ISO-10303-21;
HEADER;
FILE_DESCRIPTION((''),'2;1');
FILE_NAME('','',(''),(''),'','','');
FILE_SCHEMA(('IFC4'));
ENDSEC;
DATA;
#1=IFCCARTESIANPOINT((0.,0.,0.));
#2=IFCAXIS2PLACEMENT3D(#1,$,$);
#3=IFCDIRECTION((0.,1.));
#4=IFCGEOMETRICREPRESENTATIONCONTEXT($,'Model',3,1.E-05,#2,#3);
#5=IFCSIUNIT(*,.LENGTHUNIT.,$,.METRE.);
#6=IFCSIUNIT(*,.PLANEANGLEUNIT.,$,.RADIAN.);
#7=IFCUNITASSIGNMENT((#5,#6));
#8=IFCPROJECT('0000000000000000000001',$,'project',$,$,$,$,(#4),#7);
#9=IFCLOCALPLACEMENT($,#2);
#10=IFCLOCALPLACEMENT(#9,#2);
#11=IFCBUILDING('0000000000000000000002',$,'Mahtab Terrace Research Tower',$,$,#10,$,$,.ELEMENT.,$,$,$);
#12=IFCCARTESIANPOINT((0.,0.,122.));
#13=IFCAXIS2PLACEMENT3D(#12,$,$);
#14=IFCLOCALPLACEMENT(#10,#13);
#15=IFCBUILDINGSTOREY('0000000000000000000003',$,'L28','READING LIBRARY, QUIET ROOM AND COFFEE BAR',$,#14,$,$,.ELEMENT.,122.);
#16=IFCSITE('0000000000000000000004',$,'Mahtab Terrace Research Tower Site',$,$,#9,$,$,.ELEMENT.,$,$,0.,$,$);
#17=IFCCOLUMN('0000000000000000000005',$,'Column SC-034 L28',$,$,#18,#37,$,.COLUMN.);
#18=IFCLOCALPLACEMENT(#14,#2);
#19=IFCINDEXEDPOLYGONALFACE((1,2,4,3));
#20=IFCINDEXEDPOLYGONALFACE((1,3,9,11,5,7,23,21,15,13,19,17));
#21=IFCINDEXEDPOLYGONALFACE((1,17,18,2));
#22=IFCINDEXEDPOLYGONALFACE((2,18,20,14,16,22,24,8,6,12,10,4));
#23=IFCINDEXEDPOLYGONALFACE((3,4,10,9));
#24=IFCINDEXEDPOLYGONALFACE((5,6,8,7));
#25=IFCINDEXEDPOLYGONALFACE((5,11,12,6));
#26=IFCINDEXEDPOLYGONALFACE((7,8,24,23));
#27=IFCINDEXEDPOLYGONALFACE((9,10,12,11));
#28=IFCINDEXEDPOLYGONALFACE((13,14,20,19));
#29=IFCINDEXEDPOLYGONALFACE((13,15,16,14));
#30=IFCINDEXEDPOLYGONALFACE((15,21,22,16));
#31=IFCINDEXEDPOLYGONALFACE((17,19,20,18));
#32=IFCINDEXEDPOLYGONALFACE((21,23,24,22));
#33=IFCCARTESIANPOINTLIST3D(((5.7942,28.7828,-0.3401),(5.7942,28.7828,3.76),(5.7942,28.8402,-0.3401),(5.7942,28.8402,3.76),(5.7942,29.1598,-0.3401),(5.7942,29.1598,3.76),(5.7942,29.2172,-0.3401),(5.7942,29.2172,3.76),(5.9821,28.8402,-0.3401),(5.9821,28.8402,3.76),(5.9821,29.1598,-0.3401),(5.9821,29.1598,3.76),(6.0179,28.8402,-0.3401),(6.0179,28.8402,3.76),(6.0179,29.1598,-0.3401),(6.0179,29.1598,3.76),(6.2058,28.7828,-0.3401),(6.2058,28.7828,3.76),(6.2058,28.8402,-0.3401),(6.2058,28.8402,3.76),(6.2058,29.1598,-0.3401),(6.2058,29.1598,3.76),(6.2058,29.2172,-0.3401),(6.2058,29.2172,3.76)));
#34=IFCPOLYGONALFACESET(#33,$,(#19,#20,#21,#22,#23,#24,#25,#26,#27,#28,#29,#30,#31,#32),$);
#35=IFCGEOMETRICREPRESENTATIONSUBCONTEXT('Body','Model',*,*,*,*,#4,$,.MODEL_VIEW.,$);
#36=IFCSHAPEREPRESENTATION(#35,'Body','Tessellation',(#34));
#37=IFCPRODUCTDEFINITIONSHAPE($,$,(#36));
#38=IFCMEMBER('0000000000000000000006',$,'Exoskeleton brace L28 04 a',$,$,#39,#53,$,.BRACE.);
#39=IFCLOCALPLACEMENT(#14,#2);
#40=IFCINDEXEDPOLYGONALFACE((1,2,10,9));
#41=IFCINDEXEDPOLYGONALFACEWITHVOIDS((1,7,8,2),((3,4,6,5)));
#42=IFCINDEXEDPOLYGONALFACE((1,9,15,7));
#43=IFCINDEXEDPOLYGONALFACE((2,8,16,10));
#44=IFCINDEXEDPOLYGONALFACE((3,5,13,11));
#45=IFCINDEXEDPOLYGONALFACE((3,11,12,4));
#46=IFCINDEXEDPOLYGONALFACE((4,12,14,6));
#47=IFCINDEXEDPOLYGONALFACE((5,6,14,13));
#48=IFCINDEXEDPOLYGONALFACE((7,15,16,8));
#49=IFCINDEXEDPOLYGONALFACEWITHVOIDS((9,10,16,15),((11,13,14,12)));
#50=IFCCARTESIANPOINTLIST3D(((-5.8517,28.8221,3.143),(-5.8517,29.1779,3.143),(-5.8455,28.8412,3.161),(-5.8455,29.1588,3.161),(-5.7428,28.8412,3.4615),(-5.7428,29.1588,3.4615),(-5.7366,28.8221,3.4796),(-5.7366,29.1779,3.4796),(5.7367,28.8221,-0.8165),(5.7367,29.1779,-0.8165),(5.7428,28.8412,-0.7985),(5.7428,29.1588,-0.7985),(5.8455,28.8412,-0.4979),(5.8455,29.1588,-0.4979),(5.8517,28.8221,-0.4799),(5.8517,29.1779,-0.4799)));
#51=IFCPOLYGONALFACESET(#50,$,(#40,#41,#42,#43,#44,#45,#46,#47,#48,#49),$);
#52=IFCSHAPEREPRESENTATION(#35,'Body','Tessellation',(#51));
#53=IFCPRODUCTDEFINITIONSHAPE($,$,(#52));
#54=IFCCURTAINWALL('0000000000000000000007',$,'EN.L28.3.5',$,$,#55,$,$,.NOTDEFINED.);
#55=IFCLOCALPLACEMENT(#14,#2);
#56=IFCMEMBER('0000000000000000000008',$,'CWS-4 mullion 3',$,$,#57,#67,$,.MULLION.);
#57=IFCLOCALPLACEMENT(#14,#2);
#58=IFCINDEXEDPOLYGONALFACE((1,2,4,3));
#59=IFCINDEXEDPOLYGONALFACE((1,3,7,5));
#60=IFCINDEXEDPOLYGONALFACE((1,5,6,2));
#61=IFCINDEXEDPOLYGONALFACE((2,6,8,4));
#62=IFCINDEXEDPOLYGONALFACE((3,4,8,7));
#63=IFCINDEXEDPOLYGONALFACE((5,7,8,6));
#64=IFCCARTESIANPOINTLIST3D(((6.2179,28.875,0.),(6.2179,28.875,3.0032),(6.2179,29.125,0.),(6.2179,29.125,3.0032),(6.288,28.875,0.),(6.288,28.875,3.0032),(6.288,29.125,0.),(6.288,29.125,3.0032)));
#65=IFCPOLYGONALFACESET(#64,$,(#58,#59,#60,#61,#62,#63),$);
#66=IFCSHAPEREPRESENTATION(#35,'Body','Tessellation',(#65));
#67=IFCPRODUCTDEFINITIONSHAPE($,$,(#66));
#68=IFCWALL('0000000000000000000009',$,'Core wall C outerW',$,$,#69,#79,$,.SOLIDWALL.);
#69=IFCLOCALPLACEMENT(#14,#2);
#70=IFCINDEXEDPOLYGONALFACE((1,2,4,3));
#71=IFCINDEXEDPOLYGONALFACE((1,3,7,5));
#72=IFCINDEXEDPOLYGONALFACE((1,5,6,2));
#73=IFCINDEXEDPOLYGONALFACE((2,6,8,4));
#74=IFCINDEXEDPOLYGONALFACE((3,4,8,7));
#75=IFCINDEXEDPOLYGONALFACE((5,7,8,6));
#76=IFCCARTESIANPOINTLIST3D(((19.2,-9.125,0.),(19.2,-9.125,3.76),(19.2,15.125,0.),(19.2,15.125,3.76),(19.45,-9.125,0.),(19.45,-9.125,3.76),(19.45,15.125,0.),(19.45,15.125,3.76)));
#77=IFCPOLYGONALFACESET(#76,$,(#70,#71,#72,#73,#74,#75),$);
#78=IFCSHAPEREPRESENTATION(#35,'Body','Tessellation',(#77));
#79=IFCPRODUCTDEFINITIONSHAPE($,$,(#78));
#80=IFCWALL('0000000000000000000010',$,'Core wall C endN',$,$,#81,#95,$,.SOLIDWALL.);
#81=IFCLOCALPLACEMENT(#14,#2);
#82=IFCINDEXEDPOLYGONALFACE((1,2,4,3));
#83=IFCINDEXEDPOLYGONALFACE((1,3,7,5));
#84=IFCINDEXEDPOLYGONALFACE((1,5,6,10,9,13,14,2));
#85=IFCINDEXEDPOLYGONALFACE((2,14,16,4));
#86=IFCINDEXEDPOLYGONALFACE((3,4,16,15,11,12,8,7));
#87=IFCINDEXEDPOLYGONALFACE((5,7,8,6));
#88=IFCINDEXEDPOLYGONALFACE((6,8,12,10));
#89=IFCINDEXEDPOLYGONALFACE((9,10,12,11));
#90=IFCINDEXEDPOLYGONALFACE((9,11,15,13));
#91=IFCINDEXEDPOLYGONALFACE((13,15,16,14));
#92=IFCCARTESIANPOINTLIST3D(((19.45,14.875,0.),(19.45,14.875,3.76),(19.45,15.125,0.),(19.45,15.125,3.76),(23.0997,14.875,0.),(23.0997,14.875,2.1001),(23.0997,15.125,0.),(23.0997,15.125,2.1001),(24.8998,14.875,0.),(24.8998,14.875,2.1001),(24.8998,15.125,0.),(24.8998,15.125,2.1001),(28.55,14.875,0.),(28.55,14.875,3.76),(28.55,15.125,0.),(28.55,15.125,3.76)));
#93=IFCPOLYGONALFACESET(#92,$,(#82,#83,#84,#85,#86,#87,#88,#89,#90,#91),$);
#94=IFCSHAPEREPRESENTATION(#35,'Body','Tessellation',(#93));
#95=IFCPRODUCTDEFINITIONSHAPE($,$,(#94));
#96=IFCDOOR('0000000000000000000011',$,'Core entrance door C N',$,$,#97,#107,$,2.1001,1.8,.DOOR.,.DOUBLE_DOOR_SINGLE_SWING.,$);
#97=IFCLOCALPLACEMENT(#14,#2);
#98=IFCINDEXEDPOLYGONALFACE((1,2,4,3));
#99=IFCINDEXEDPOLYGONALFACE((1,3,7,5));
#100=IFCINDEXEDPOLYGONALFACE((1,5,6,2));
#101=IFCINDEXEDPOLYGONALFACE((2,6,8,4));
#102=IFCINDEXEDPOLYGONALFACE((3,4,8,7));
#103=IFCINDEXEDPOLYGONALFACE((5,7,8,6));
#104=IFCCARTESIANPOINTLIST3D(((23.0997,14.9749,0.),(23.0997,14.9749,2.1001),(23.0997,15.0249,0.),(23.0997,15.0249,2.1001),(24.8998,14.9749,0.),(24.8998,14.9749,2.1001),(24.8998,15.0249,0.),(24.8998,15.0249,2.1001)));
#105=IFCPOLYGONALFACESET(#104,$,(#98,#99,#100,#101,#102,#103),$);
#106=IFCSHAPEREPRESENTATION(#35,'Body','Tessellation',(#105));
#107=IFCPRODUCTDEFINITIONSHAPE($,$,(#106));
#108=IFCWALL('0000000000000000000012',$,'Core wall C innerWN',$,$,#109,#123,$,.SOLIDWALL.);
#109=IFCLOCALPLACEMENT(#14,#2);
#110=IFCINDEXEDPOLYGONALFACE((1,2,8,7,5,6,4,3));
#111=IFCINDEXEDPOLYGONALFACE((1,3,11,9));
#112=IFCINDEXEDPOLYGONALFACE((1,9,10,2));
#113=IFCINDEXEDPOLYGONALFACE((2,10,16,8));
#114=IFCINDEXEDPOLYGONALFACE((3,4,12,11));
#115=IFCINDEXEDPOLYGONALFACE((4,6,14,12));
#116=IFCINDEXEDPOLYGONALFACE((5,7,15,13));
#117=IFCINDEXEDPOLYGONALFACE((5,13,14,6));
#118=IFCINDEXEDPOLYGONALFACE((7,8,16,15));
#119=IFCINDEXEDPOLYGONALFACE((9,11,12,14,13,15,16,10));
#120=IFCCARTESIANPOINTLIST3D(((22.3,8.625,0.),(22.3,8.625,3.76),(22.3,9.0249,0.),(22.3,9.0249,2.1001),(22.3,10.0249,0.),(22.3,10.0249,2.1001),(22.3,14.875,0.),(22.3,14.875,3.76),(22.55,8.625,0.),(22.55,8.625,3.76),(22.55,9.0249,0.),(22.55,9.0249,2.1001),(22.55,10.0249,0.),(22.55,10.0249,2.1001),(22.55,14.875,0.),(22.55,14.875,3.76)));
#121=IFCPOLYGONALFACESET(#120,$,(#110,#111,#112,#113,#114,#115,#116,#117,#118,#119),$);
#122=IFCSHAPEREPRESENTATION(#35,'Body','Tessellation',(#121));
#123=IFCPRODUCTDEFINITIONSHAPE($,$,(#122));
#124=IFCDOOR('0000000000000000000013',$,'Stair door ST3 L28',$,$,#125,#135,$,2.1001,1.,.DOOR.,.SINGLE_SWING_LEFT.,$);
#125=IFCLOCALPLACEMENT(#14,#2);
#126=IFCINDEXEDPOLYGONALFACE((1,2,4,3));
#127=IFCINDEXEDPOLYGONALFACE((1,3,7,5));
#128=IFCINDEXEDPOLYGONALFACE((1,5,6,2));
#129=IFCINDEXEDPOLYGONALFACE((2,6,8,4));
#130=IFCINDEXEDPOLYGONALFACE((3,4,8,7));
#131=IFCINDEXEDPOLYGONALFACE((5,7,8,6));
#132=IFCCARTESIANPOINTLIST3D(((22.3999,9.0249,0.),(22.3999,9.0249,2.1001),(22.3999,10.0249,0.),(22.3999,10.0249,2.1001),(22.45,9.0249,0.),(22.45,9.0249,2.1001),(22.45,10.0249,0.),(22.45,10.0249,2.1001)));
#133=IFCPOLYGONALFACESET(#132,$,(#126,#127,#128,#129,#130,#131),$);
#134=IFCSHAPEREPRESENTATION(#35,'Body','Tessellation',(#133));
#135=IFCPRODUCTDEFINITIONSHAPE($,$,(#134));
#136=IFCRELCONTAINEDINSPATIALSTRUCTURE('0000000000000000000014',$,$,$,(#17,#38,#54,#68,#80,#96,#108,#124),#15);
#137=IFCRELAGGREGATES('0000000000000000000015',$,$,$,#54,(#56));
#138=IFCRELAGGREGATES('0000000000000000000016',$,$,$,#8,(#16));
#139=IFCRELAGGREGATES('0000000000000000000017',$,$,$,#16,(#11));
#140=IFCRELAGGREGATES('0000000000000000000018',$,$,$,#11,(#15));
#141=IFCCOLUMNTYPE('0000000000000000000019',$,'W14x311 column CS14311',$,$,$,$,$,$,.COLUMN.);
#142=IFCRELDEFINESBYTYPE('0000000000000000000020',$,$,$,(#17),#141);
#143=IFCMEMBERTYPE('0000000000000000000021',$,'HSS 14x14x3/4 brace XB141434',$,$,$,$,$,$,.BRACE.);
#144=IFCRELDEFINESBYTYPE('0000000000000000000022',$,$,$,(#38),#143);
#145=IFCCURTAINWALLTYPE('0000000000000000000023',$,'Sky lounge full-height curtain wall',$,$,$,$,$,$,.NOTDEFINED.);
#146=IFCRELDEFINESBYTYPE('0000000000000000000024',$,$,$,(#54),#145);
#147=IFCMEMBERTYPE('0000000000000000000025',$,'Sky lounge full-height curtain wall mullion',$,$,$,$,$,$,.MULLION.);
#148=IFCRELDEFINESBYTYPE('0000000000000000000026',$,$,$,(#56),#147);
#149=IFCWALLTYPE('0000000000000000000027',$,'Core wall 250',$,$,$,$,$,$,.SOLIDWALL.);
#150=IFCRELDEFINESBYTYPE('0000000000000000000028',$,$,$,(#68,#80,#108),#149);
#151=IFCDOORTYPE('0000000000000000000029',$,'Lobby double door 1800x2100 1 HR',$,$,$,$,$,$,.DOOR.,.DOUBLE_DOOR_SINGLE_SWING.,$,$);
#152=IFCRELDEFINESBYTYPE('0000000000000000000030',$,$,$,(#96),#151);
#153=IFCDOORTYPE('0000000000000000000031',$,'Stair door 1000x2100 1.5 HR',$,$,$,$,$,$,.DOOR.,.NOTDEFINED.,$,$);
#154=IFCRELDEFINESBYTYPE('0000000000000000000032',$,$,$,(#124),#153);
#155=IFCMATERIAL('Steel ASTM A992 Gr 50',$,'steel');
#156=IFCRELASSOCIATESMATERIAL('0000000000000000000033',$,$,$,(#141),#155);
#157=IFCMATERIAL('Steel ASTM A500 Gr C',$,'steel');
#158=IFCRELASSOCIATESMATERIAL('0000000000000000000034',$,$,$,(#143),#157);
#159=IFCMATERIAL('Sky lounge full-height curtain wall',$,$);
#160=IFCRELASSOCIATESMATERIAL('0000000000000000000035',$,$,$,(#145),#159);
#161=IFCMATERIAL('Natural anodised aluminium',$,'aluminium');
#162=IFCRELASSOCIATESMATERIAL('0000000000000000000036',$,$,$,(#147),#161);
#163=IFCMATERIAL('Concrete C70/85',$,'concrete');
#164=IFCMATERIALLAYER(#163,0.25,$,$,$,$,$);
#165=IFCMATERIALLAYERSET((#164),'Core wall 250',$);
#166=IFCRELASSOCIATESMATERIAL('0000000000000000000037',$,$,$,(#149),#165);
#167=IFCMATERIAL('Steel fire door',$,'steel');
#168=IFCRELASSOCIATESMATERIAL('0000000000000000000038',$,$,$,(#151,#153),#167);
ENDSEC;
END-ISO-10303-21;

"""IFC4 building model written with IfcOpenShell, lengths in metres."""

from ifc_helpers import new_model, si_unit, direction, frame, frame_2d, origin, origin_2d, place, context, subcontext, project, spatial, rectangle, hollow_rectangle, i_section, extrude, material, layer, layer_set, material_profile, profile_set, type_object, element, fill, aggregate, save


model = new_model("IFC4")

# Units and contexts
model_context = context("Model", 3, precision=1e-05, world=origin(), true_north=direction((0.0, 1.0)))
body_context = subcontext(model_context, "Body", "Model", "MODEL_VIEW")
ifc_project = project(units=[si_unit("LENGTHUNIT", "METRE"), si_unit("PLANEANGLEUNIT", "RADIAN")], contexts=[model_context])

# Site, building, storey
site_placement = place(None, origin())
site = spatial("IfcSite", under=ifc_project, at=site_placement, Name="Mahtab Terrace Research Tower Site", CompositionType="ELEMENT", RefElevation=0.0)
building_placement = place(site_placement, origin())
building = spatial("IfcBuilding", under=site, at=building_placement, Name="Mahtab Terrace Research Tower", CompositionType="ELEMENT")
storey_placement = place(building_placement, frame((0.0, 0.0, 122.0)))
storey = spatial("IfcBuildingStorey", under=building, at=storey_placement, Name="L28", Description="READING LIBRARY, QUIET ROOM AND COFFEE BAR", CompositionType="ELEMENT", Elevation=122.0)

# Column
ifc_material_1 = material(Name="Steel ASTM A992 Gr 50", Category="steel")
ifc_material_profile_1 = material_profile(ifc_material_1, i_section(OverallWidth=0.4116, OverallDepth=0.4343, WebThickness=0.0359, FlangeThickness=0.0574, at=origin_2d()), Name="W14X311")
ifc_profile_set_1 = profile_set([ifc_material_profile_1], Name="Steel ASTM A992 Gr 50")
column_type = type_object("IfcColumnType", Name="W14x311 column CS14311", PredefinedType="COLUMN", material=ifc_profile_set_1)
column_placement = place(storey_placement, frame((6.0, 29.0, -0.3401), z_axis=(0.0, 0.0, 1.0), x_axis=(1.0, 0.0, 0.0)))
element("IfcColumn", 1, at=column_placement, inside=storey, type_object=column_type, Name="Column SC-034 L28", PredefinedType="COLUMN", context=body_context, shape_type="SweptSolid", body=[
    extrude(i_section(OverallWidth=0.4116, OverallDepth=0.4343, WebThickness=0.0359, FlangeThickness=0.0574, at=origin_2d()), origin(), (0.0, 0.0, 1.0), 4.1001),
])

# Member
ifc_material_2 = material(Name="Steel ASTM A500 Gr C", Category="steel")
ifc_material_profile_2 = material_profile(ifc_material_2, hollow_rectangle(XDim=0.3557, YDim=0.3557, WallThickness=0.019, at=origin_2d()), Name="HSS14X14X3/4")
ifc_profile_set_2 = profile_set([ifc_material_profile_2], Name="Steel ASTM A500 Gr C")
member_type_1 = type_object("IfcMemberType", Name="HSS 14x14x3/4 brace XB141434", PredefinedType="BRACE", material=ifc_profile_set_2)
member_1_placement = place(storey_placement, frame((5.7942, 29.0, -0.6482), z_axis=(-0.946288, 0.0, 0.323324), x_axis=(0.0, -1.0, 0.0)))
element("IfcMember", 2, at=member_1_placement, inside=storey, type_object=member_type_1, Name="Exoskeleton brace L28 04 a", PredefinedType="BRACE", context=body_context, shape_type="SweptSolid", body=[
    extrude(hollow_rectangle(XDim=0.3557, YDim=0.3557, WallThickness=0.019, at=origin_2d()), origin(), (0.0, 0.0, 1.0), 12.2461),
])

# Curtain wall, member
ifc_material_3 = material(Name="Sky lounge full-height curtain wall")
curtain_wall_type = type_object("IfcCurtainWallType", Name="Sky lounge full-height curtain wall", PredefinedType="NOTDEFINED", material=ifc_material_3)
curtain_wall_placement = place(storey_placement, origin())
curtain_wall = element("IfcCurtainWall", 3, at=curtain_wall_placement, inside=storey, type_object=curtain_wall_type, Name="EN.L28.3.5", PredefinedType="NOTDEFINED")
ifc_material_4 = material(Name="Natural anodised aluminium", Category="aluminium")
ifc_material_profile_3 = material_profile(ifc_material_4, rectangle(XDim=0.25, YDim=0.0701, at=origin_2d()), Name="MULLION 70x250")
ifc_profile_set_3 = profile_set([ifc_material_profile_3], Name="Natural anodised aluminium")
member_type_2 = type_object("IfcMemberType", Name="Sky lounge full-height curtain wall mullion", PredefinedType="MULLION", material=ifc_profile_set_3)
member_2_placement = place(storey_placement, frame((6.2529, 29.0, 0.0), z_axis=(0.0, 0.0, 1.0), x_axis=(0.0, -1.0, 0.0)))
member_2 = element("IfcMember", 4, at=member_2_placement, type_object=member_type_2, Name="CWS-4 mullion 3", PredefinedType="MULLION", context=body_context, shape_type="SweptSolid", body=[
    extrude(rectangle(XDim=0.25, YDim=0.0701, at=origin_2d()), origin(), (0.0, 0.0, 1.0), 3.0032),
])
aggregate(curtain_wall, [member_2])

# Wall
ifc_material_5 = material(Name="Concrete C70/85", Category="concrete")
ifc_layer_1 = layer(ifc_material_5, 0.25)
ifc_layer_set_1 = layer_set([ifc_layer_1], Name="Core wall 250")
wall_type_1 = type_object("IfcWallType", Name="Core wall 250", PredefinedType="SOLIDWALL", material=ifc_layer_set_1)
wall_1_placement = place(storey_placement, frame((19.325, 15.125, 0.0), z_axis=(0.0, 0.0, 1.0), x_axis=(0.0, -1.0, 0.0)))
element("IfcWall", 5, at=wall_1_placement, inside=storey, type_object=wall_type_1, Name="Core wall C outerW", PredefinedType="SOLIDWALL", context=body_context, shape_type="SweptSolid", body=[
    extrude(rectangle(XDim=24.25, YDim=0.25, at=frame_2d((12.125, 0.0))), origin(), (0.0, 0.0, 1.0), 3.76),
])

# Walls, openings, doors
wall_2_placement = place(storey_placement, frame((19.45, 15.0, 0.0), z_axis=(0.0, 0.0, 1.0), x_axis=(1.0, 0.0, 0.0)))
wall_2 = element("IfcWall", 6, at=wall_2_placement, inside=storey, type_object=wall_type_1, Name="Core wall C endN", PredefinedType="SOLIDWALL", context=body_context, shape_type="SweptSolid", body=[
    extrude(rectangle(XDim=9.1001, YDim=0.25, at=frame_2d((4.55, 0.0))), origin(), (0.0, 0.0, 1.0), 3.76),
])
opening_1_placement = place(wall_2_placement, frame((3.6499, 0.0, 0.0)))
opening_1 = element("IfcOpeningElement", 7, at=opening_1_placement, cuts=wall_2, PredefinedType="OPENING", context=body_context, shape_type="SweptSolid", body=[
    extrude(rectangle(XDim=1.8, YDim=2.1001, at=frame_2d((0.8999, 1.05))), frame((0.0, 0.135, 0.0), z_axis=(0.0, -1.0, 0.0), x_axis=(1.0, 0.0, 0.0)), (0.0, 0.0, 1.0), 0.27),
])
ifc_material_6 = material(Name="Steel fire door", Category="steel")
door_type_1 = type_object("IfcDoorType", Name="Lobby double door 1800x2100 1 HR", OperationType="DOUBLE_DOOR_SINGLE_SWING", PredefinedType="DOOR", material=ifc_material_6)
door_1_placement = place(opening_1_placement, origin())
door_1 = element("IfcDoor", 8, at=door_1_placement, inside=storey, type_object=door_type_1, Name="Core entrance door C N", OperationType="DOUBLE_DOOR_SINGLE_SWING", OverallHeight=2.1001, OverallWidth=1.8, PredefinedType="DOOR", context=body_context, shape_type="SweptSolid", body=[
    extrude(rectangle(XDim=1.8, YDim=2.1001, at=frame_2d((0.8999, 1.05))), frame((0.0, 0.0249, 0.0), z_axis=(0.0, -1.0, 0.0), x_axis=(1.0, 0.0, 0.0)), (0.0, 0.0, 1.0), 0.05),
])
fill(opening_1, door_1)
wall_3_placement = place(storey_placement, frame((22.425, 14.875, 0.0), z_axis=(0.0, 0.0, 1.0), x_axis=(0.0, -1.0, 0.0)))
wall_3 = element("IfcWall", 9, at=wall_3_placement, inside=storey, type_object=wall_type_1, Name="Core wall C innerWN", PredefinedType="SOLIDWALL", context=body_context, shape_type="SweptSolid", body=[
    extrude(rectangle(XDim=6.25, YDim=0.25, at=frame_2d((3.125, 0.0))), origin(), (0.0, 0.0, 1.0), 3.76),
])
opening_2_placement = place(wall_3_placement, frame((4.8501, 0.0, 0.0)))
opening_2 = element("IfcOpeningElement", 10, at=opening_2_placement, cuts=wall_3, PredefinedType="OPENING", context=body_context, shape_type="SweptSolid", body=[
    extrude(rectangle(XDim=1.0, YDim=2.1001, at=frame_2d((0.5, 1.05))), frame((0.0, 0.135, 0.0), z_axis=(0.0, -1.0, 0.0), x_axis=(1.0, 0.0, 0.0)), (0.0, 0.0, 1.0), 0.27),
])
door_type_2 = type_object("IfcDoorType", Name="Stair door 1000x2100 1.5 HR", OperationType="NOTDEFINED", PredefinedType="DOOR", material=ifc_material_6)
door_2_placement = place(opening_2_placement, origin())
door_2 = element("IfcDoor", 11, at=door_2_placement, inside=storey, type_object=door_type_2, Name="Stair door ST3 L28", OperationType="SINGLE_SWING_LEFT", OverallHeight=2.1001, OverallWidth=1.0, PredefinedType="DOOR", context=body_context, shape_type="SweptSolid", body=[
    extrude(rectangle(XDim=1.0, YDim=2.1001, at=frame_2d((0.5, 1.05))), frame((0.0, 0.0249, 0.0), z_axis=(0.0, -1.0, 0.0), x_axis=(1.0, 0.0, 0.0)), (0.0, 0.0, 1.0), 0.05),
])
fill(opening_2, door_2)

save(model, "model.ifc")
